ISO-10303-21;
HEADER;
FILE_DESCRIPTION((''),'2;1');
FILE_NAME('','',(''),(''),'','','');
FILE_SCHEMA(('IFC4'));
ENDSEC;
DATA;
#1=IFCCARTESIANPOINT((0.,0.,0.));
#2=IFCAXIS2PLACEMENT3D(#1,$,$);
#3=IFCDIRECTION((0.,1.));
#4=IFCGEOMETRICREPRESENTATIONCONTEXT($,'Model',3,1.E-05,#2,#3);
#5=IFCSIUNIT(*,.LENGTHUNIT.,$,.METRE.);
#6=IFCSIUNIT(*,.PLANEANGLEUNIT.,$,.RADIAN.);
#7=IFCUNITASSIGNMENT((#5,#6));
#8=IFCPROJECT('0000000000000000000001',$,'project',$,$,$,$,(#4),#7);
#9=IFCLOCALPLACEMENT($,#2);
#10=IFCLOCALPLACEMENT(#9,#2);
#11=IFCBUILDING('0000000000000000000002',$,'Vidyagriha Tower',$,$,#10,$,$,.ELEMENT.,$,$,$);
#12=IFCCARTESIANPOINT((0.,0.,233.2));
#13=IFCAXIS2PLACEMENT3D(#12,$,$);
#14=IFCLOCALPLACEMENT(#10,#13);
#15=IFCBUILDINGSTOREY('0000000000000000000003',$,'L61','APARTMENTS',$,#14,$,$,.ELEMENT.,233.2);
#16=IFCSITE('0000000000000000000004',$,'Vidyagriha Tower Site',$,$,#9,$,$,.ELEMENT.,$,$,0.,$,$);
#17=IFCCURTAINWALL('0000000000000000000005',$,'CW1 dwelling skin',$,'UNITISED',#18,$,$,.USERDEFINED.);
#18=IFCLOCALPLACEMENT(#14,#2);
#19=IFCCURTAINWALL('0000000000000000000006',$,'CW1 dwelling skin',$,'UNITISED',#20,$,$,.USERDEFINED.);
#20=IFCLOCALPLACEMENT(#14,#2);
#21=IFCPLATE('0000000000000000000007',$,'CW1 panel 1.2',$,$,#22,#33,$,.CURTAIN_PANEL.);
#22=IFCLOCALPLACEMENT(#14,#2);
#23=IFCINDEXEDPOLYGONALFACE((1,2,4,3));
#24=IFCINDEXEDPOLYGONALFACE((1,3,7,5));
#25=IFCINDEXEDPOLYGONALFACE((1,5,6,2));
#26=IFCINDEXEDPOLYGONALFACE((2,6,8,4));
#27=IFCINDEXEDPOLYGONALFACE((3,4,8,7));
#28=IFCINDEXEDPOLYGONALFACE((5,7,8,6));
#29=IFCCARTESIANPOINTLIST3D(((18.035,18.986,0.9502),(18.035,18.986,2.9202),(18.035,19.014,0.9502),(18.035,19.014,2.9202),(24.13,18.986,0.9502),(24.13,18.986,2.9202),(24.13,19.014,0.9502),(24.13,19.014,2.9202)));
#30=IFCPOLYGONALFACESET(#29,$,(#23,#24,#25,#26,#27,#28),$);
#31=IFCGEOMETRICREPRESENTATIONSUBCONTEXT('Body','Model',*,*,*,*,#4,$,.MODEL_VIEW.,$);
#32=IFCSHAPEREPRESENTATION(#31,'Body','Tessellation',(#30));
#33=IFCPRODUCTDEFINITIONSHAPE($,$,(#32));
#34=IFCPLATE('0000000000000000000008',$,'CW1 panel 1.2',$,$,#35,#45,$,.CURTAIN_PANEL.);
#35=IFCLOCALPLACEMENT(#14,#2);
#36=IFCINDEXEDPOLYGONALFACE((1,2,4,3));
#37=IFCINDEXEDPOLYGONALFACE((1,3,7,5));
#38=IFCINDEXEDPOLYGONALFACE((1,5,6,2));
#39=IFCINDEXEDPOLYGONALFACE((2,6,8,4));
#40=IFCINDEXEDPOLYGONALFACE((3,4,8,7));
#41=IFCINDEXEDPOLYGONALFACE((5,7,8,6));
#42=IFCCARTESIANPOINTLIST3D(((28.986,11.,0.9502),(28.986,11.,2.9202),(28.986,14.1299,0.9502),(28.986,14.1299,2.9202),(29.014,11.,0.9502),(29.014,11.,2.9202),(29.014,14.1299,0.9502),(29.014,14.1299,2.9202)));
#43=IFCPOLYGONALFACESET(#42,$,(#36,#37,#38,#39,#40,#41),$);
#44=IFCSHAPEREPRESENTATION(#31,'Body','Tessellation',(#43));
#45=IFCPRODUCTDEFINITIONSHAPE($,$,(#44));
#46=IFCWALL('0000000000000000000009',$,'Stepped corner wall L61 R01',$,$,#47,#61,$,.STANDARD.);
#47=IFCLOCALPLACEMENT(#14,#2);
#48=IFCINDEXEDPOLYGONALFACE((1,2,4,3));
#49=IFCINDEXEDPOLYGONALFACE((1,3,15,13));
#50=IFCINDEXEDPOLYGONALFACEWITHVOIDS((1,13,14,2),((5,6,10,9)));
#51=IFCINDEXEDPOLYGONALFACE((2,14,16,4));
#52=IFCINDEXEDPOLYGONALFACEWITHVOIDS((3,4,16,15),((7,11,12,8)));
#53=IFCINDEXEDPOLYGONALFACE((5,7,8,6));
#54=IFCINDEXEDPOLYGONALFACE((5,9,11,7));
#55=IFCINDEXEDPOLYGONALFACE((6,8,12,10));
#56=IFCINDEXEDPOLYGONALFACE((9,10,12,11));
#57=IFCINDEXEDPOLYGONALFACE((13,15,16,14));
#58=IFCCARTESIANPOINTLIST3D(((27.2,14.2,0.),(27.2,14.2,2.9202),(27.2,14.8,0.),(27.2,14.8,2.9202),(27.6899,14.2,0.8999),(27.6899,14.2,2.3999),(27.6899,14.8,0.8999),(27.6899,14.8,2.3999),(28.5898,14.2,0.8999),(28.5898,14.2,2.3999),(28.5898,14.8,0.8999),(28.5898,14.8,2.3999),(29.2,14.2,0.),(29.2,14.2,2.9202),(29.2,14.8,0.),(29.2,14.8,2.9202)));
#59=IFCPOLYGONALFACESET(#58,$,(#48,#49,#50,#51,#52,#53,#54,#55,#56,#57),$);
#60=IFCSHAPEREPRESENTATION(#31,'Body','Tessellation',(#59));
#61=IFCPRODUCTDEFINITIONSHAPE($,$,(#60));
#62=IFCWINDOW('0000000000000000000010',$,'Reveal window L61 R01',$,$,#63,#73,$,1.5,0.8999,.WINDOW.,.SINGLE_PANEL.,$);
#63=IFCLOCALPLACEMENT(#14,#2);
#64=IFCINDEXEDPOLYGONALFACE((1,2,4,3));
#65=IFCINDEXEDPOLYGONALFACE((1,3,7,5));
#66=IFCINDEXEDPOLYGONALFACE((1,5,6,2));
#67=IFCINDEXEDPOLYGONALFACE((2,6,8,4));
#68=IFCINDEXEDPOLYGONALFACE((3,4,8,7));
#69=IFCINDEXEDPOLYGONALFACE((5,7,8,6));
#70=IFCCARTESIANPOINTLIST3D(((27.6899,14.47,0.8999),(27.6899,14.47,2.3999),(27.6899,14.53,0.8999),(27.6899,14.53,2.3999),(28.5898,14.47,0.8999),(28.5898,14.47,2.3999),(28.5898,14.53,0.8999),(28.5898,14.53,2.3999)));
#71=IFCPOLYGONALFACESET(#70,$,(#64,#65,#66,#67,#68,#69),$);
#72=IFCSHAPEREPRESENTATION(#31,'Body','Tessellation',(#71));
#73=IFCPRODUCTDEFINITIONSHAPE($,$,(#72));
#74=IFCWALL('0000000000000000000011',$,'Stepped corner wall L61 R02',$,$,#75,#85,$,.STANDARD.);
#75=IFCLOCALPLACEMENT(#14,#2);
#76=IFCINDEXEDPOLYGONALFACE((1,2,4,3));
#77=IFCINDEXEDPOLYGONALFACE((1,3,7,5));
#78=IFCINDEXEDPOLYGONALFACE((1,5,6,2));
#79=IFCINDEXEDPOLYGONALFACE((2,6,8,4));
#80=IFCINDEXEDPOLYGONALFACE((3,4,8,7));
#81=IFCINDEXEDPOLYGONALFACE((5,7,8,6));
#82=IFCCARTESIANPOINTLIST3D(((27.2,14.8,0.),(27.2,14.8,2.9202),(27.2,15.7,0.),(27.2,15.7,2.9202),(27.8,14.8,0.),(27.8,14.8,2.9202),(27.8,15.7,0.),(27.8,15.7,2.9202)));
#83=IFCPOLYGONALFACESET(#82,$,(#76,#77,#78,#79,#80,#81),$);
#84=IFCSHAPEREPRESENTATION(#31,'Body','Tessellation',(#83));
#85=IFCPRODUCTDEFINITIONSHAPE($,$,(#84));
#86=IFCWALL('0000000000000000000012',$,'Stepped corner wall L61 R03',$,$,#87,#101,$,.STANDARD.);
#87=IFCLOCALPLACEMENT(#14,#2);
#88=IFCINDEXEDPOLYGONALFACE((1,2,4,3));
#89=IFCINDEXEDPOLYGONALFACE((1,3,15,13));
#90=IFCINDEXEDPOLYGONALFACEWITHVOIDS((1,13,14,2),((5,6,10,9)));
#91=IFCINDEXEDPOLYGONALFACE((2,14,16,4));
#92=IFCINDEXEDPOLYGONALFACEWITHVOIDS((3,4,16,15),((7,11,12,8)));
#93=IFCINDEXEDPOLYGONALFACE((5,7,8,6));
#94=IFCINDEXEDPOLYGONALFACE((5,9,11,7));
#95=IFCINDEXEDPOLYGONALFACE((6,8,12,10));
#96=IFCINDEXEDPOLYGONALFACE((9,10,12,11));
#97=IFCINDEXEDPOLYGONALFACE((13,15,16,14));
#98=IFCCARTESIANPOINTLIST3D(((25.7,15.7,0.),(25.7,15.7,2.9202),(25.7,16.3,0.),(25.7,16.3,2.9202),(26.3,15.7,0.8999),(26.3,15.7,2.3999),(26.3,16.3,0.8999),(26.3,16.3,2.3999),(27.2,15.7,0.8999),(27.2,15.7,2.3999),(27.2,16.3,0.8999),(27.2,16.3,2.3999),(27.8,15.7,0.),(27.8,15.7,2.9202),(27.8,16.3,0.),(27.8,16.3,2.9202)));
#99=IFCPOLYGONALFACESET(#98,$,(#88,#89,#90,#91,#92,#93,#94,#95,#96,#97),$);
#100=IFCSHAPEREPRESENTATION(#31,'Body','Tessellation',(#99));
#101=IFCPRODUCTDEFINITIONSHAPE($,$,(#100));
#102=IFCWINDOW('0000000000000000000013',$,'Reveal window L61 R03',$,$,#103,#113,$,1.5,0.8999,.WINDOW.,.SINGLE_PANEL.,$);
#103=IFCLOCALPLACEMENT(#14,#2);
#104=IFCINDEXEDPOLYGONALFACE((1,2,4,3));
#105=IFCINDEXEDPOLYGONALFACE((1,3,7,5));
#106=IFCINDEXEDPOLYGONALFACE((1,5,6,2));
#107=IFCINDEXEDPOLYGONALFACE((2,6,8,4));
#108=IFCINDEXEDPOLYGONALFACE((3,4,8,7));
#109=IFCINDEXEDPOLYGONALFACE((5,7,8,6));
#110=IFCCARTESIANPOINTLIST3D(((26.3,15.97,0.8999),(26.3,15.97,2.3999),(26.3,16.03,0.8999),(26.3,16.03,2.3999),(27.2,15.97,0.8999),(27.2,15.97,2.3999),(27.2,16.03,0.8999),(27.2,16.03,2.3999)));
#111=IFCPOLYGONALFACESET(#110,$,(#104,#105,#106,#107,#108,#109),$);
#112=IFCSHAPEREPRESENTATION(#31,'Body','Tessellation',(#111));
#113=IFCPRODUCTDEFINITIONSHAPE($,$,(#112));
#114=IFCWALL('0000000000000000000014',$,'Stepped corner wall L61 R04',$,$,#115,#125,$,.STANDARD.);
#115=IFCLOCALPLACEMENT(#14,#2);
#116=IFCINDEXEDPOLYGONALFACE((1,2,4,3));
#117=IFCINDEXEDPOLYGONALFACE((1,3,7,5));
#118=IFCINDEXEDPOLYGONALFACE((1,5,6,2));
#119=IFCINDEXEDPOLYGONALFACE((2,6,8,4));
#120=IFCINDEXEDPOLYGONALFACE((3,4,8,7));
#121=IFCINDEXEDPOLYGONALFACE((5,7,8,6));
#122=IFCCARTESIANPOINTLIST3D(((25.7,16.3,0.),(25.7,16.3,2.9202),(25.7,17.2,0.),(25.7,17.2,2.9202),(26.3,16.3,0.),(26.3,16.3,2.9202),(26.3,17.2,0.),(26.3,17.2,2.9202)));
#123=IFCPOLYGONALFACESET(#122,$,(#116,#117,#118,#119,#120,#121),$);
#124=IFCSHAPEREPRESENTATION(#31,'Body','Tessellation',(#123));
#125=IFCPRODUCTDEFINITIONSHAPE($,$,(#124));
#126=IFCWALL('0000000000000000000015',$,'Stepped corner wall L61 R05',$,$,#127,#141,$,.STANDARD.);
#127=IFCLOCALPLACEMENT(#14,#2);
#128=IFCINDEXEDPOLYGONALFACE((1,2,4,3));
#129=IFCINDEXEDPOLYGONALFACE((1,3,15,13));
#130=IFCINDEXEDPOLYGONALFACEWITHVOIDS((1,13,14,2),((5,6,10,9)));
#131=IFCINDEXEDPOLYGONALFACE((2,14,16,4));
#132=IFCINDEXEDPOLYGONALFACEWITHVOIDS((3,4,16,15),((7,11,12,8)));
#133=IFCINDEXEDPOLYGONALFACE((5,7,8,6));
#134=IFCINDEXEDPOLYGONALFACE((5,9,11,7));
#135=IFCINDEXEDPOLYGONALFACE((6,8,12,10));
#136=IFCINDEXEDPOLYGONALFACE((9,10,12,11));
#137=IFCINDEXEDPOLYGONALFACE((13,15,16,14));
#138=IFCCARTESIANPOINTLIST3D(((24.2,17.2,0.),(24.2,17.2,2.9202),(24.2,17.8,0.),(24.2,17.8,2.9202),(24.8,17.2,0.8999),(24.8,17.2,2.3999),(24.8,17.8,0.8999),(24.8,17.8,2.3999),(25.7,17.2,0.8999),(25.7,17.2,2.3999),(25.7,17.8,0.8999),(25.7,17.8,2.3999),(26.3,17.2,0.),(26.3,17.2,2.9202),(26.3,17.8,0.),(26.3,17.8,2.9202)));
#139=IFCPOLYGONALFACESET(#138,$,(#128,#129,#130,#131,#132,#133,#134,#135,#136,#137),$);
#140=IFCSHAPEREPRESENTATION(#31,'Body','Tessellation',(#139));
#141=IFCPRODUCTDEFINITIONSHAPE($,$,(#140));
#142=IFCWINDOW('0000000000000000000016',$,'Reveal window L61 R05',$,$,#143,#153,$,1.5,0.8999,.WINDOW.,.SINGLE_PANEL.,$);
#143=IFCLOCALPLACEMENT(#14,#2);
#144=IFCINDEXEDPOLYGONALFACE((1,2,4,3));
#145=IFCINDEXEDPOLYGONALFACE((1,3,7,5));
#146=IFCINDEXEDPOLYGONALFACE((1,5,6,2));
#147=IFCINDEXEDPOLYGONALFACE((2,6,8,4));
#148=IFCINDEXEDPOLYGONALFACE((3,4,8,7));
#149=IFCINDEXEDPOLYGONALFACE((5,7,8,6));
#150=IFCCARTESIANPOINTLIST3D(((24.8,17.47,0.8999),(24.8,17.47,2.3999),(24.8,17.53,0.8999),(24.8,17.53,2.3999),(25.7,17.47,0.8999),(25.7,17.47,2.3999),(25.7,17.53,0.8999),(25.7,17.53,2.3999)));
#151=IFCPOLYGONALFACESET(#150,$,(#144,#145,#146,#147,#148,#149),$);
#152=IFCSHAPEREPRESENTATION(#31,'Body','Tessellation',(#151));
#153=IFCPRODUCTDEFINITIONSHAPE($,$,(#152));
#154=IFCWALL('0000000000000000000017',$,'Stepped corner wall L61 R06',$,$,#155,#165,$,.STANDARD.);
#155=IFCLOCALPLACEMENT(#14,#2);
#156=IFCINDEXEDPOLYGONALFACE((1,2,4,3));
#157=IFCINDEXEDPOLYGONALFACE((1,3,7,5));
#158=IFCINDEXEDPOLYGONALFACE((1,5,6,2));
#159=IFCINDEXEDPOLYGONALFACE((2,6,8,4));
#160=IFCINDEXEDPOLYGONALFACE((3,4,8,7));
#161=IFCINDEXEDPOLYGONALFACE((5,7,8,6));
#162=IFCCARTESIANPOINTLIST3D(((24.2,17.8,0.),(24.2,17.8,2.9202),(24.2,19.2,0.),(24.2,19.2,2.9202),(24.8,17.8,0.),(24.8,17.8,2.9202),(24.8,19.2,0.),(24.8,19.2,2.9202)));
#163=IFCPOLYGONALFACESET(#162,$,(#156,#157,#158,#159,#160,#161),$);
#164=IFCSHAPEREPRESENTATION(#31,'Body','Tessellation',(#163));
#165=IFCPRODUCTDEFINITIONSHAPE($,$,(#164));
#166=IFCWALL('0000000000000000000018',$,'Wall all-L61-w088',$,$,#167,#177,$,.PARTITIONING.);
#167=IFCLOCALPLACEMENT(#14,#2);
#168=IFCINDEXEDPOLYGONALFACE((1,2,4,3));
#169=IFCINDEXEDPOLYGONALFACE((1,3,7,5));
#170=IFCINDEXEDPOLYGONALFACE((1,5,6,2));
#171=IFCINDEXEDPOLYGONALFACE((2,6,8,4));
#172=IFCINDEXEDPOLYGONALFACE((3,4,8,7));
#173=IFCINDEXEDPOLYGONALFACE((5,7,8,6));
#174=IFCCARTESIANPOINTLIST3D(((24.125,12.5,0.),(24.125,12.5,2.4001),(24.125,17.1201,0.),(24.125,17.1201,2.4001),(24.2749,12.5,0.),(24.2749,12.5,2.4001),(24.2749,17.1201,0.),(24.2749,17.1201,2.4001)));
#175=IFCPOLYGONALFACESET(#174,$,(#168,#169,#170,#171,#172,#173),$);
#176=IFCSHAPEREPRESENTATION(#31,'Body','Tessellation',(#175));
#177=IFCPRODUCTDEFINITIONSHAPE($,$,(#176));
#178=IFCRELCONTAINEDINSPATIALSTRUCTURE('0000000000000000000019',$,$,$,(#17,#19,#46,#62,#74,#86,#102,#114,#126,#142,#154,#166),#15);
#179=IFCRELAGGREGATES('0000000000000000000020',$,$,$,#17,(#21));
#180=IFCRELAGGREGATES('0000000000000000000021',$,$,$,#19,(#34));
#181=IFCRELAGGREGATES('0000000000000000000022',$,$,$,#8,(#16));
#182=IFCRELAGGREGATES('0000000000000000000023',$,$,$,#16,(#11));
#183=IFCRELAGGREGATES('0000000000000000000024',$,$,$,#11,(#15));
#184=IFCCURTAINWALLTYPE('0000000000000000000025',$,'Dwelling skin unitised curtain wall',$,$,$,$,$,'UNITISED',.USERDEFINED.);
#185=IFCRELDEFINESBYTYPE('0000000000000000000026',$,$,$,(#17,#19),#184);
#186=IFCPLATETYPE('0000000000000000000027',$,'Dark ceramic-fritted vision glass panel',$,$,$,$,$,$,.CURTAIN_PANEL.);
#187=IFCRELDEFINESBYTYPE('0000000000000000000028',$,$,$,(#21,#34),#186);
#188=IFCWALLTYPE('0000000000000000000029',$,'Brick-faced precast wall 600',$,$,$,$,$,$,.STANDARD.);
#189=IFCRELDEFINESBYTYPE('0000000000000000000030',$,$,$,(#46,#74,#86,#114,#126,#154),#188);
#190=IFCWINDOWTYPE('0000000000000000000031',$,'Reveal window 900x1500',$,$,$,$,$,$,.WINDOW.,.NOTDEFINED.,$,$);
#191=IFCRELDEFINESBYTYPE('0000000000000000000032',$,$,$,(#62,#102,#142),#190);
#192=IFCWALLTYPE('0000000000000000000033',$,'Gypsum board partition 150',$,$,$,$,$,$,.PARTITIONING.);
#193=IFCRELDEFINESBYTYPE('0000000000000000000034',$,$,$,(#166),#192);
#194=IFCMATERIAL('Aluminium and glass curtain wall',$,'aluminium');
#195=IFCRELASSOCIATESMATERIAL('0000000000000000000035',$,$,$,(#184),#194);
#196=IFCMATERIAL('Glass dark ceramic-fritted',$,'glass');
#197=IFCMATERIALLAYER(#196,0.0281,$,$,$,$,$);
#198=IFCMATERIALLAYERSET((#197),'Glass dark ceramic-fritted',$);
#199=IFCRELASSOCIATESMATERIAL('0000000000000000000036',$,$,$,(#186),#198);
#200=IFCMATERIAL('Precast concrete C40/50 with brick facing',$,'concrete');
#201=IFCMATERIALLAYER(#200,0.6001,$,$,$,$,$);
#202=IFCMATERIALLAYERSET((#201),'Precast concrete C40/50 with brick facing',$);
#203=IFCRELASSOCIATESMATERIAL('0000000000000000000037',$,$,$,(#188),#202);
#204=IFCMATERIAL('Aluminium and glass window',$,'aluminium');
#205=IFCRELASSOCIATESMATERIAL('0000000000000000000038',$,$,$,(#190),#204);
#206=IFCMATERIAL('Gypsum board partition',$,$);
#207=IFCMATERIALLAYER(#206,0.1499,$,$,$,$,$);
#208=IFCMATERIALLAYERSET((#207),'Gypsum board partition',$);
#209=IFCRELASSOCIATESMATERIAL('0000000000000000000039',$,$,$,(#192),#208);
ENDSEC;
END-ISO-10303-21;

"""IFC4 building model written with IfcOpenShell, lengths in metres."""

from ifc_helpers import new_model, si_unit, direction, frame, frame_2d, origin, origin_2d, place, context, subcontext, project, spatial, rectangle, extrude, material, layer, layer_set, type_object, element, fill, aggregate, save


model = new_model("IFC4")

# Units and contexts
model_context = context("Model", 3, precision=1e-05, world=origin(), true_north=direction((0.0, 1.0)))
body_context = subcontext(model_context, "Body", "Model", "MODEL_VIEW")
ifc_project = project(units=[si_unit("LENGTHUNIT", "METRE"), si_unit("PLANEANGLEUNIT", "RADIAN")], contexts=[model_context])

# Site, building, storey
site_placement = place(None, origin())
site = spatial("IfcSite", under=ifc_project, at=site_placement, Name="Vidyagriha Tower Site", CompositionType="ELEMENT", RefElevation=0.0)
building_placement = place(site_placement, origin())
building = spatial("IfcBuilding", under=site, at=building_placement, Name="Vidyagriha Tower", CompositionType="ELEMENT")
storey_placement = place(building_placement, frame((0.0, 0.0, 233.2)))
storey = spatial("IfcBuildingStorey", under=building, at=storey_placement, Name="L61", Description="APARTMENTS", CompositionType="ELEMENT", Elevation=233.2)

# Curtain wall
ifc_material_1 = material(Name="Aluminium and glass curtain wall", Category="aluminium")
curtain_wall_type = type_object("IfcCurtainWallType", Name="Dwelling skin unitised curtain wall", ElementType="UNITISED", PredefinedType="USERDEFINED", material=ifc_material_1)
curtain_wall_1_placement = place(storey_placement, origin())
curtain_wall_1 = element("IfcCurtainWall", 1, at=curtain_wall_1_placement, inside=storey, type_object=curtain_wall_type, Name="CW1 dwelling skin", ObjectType="UNITISED", PredefinedType="USERDEFINED")

# Curtain wall
curtain_wall_2_placement = place(storey_placement, origin())
curtain_wall_2 = element("IfcCurtainWall", 2, at=curtain_wall_2_placement, inside=storey, type_object=curtain_wall_type, Name="CW1 dwelling skin", ObjectType="UNITISED", PredefinedType="USERDEFINED")

# Plates
ifc_material_2 = material(Name="Glass dark ceramic-fritted", Category="glass")
ifc_layer_1 = layer(ifc_material_2, 0.0281)
ifc_layer_set_1 = layer_set([ifc_layer_1], Name="Glass dark ceramic-fritted")
plate_type_1 = type_object("IfcPlateType", Name="Dark ceramic-fritted vision glass panel", PredefinedType="CURTAIN_PANEL", material=ifc_layer_set_1)
plate_1_placement = place(storey_placement, frame((21.0825, 19.0, 0.9502), z_axis=(0.0, 0.0, 1.0), x_axis=(-1.0, 0.0, 0.0)))
plate_1 = element("IfcPlate", 3, at=plate_1_placement, type_object=plate_type_1, Name="CW1 panel 1.2", PredefinedType="CURTAIN_PANEL", context=body_context, shape_type="SweptSolid", body=[
    extrude(rectangle(XDim=6.095, YDim=0.0281, at=origin_2d()), origin(), (0.0, 0.0, 1.0), 1.97),
])
aggregate(curtain_wall_1, [plate_1])
plate_2_placement = place(storey_placement, frame((29.0, 12.5649, 0.9502), z_axis=(0.0, 0.0, 1.0), x_axis=(0.0, 1.0, 0.0)))
plate_2 = element("IfcPlate", 4, at=plate_2_placement, type_object=plate_type_1, Name="CW1 panel 1.2", PredefinedType="CURTAIN_PANEL", context=body_context, shape_type="SweptSolid", body=[
    extrude(rectangle(XDim=3.1299, YDim=0.0281, at=origin_2d()), origin(), (0.0, 0.0, 1.0), 1.97),
])
aggregate(curtain_wall_2, [plate_2])

# Wall, opening, window
ifc_material_3 = material(Name="Precast concrete C40/50 with brick facing", Category="concrete")
ifc_layer_2 = layer(ifc_material_3, 0.6001)
ifc_layer_set_2 = layer_set([ifc_layer_2], Name="Precast concrete C40/50 with brick facing")
wall_type_1 = type_object("IfcWallType", Name="Brick-faced precast wall 600", PredefinedType="STANDARD", material=ifc_layer_set_2)
wall_1_placement = place(storey_placement, frame((29.2, 14.5, 0.0), z_axis=(0.0, 0.0, 1.0), x_axis=(-1.0, 0.0, 0.0)))
wall_1 = element("IfcWall", 5, at=wall_1_placement, inside=storey, type_object=wall_type_1, Name="Stepped corner wall L61 R01", PredefinedType="STANDARD", context=body_context, shape_type="SweptSolid", body=[
    extrude(rectangle(XDim=2.0, YDim=0.6001, at=frame_2d((1.0, 0.0))), origin(), (0.0, 0.0, 1.0), 2.9202),
])
opening_1_placement = place(wall_1_placement, frame((0.6101, 0.0, 0.8999)))
opening_1 = element("IfcOpeningElement", 6, at=opening_1_placement, cuts=wall_1, PredefinedType="OPENING", context=body_context, shape_type="SweptSolid", body=[
    extrude(rectangle(XDim=0.8999, YDim=1.5, at=frame_2d((0.45, 0.75))), frame((0.0, 0.3101, 0.0), z_axis=(0.0, -1.0, 0.0), x_axis=(1.0, 0.0, 0.0)), (0.0, 0.0, 1.0), 0.6201),
])
ifc_material_4 = material(Name="Aluminium and glass window", Category="aluminium")
window_type = type_object("IfcWindowType", Name="Reveal window 900x1500", PartitioningType="NOTDEFINED", PredefinedType="WINDOW", material=ifc_material_4)
window_1_placement = place(opening_1_placement, origin())
window_1 = element("IfcWindow", 7, at=window_1_placement, inside=storey, type_object=window_type, Name="Reveal window L61 R01", OverallHeight=1.5, OverallWidth=0.8999, PartitioningType="SINGLE_PANEL", PredefinedType="WINDOW", context=body_context, shape_type="SweptSolid", body=[
    extrude(rectangle(XDim=0.8999, YDim=1.5, at=frame_2d((0.45, 0.75))), frame((0.0, 0.03, 0.0), z_axis=(0.0, -1.0, 0.0), x_axis=(1.0, 0.0, 0.0)), (0.0, 0.0, 1.0), 0.0601),
])
fill(opening_1, window_1)

# Wall
wall_2_placement = place(storey_placement, frame((27.5, 14.8, 0.0), z_axis=(0.0, 0.0, 1.0), x_axis=(0.0, 1.0, 0.0)))
element("IfcWall", 8, at=wall_2_placement, inside=storey, type_object=wall_type_1, Name="Stepped corner wall L61 R02", PredefinedType="STANDARD", context=body_context, shape_type="SweptSolid", body=[
    extrude(rectangle(XDim=0.8999, YDim=0.6001, at=frame_2d((0.45, 0.0))), origin(), (0.0, 0.0, 1.0), 2.9202),
])

# Wall, opening, window
wall_3_placement = place(storey_placement, frame((27.8, 16.0, 0.0), z_axis=(0.0, 0.0, 1.0), x_axis=(-1.0, 0.0, 0.0)))
wall_3 = element("IfcWall", 9, at=wall_3_placement, inside=storey, type_object=wall_type_1, Name="Stepped corner wall L61 R03", PredefinedType="STANDARD", context=body_context, shape_type="SweptSolid", body=[
    extrude(rectangle(XDim=2.1001, YDim=0.6001, at=frame_2d((1.05, 0.0))), origin(), (0.0, 0.0, 1.0), 2.9202),
])
opening_2_placement = place(wall_3_placement, frame((0.6001, 0.0, 0.8999)))
opening_2 = element("IfcOpeningElement", 10, at=opening_2_placement, cuts=wall_3, PredefinedType="OPENING", context=body_context, shape_type="SweptSolid", body=[
    extrude(rectangle(XDim=0.8999, YDim=1.5, at=frame_2d((0.45, 0.75))), frame((0.0, 0.3101, 0.0), z_axis=(0.0, -1.0, 0.0), x_axis=(1.0, 0.0, 0.0)), (0.0, 0.0, 1.0), 0.6201),
])
window_2_placement = place(opening_2_placement, origin())
window_2 = element("IfcWindow", 11, at=window_2_placement, inside=storey, type_object=window_type, Name="Reveal window L61 R03", OverallHeight=1.5, OverallWidth=0.8999, PartitioningType="SINGLE_PANEL", PredefinedType="WINDOW", context=body_context, shape_type="SweptSolid", body=[
    extrude(rectangle(XDim=0.8999, YDim=1.5, at=frame_2d((0.45, 0.75))), frame((0.0, 0.03, 0.0), z_axis=(0.0, -1.0, 0.0), x_axis=(1.0, 0.0, 0.0)), (0.0, 0.0, 1.0), 0.0601),
])
fill(opening_2, window_2)

# Wall
wall_4_placement = place(storey_placement, frame((26.0, 16.3, 0.0), z_axis=(0.0, 0.0, 1.0), x_axis=(0.0, 1.0, 0.0)))
element("IfcWall", 12, at=wall_4_placement, inside=storey, type_object=wall_type_1, Name="Stepped corner wall L61 R04", PredefinedType="STANDARD", context=body_context, shape_type="SweptSolid", body=[
    extrude(rectangle(XDim=0.8999, YDim=0.6001, at=frame_2d((0.45, 0.0))), origin(), (0.0, 0.0, 1.0), 2.9202),
])

# Wall, opening, window
wall_5_placement = place(storey_placement, frame((26.3, 17.5, 0.0), z_axis=(0.0, 0.0, 1.0), x_axis=(-1.0, 0.0, 0.0)))
wall_5 = element("IfcWall", 13, at=wall_5_placement, inside=storey, type_object=wall_type_1, Name="Stepped corner wall L61 R05", PredefinedType="STANDARD", context=body_context, shape_type="SweptSolid", body=[
    extrude(rectangle(XDim=2.1001, YDim=0.6001, at=frame_2d((1.05, 0.0))), origin(), (0.0, 0.0, 1.0), 2.9202),
])
opening_3_placement = place(wall_5_placement, frame((0.6001, 0.0, 0.8999)))
opening_3 = element("IfcOpeningElement", 14, at=opening_3_placement, cuts=wall_5, PredefinedType="OPENING", context=body_context, shape_type="SweptSolid", body=[
    extrude(rectangle(XDim=0.8999, YDim=1.5, at=frame_2d((0.45, 0.75))), frame((0.0, 0.3101, 0.0), z_axis=(0.0, -1.0, 0.0), x_axis=(1.0, 0.0, 0.0)), (0.0, 0.0, 1.0), 0.6201),
])
window_3_placement = place(opening_3_placement, origin())
window_3 = element("IfcWindow", 15, at=window_3_placement, inside=storey, type_object=window_type, Name="Reveal window L61 R05", OverallHeight=1.5, OverallWidth=0.8999, PartitioningType="SINGLE_PANEL", PredefinedType="WINDOW", context=body_context, shape_type="SweptSolid", body=[
    extrude(rectangle(XDim=0.8999, YDim=1.5, at=frame_2d((0.45, 0.75))), frame((0.0, 0.03, 0.0), z_axis=(0.0, -1.0, 0.0), x_axis=(1.0, 0.0, 0.0)), (0.0, 0.0, 1.0), 0.0601),
])
fill(opening_3, window_3)

# Walls
wall_6_placement = place(storey_placement, frame((24.5, 17.8, 0.0), z_axis=(0.0, 0.0, 1.0), x_axis=(0.0, 1.0, 0.0)))
element("IfcWall", 16, at=wall_6_placement, inside=storey, type_object=wall_type_1, Name="Stepped corner wall L61 R06", PredefinedType="STANDARD", context=body_context, shape_type="SweptSolid", body=[
    extrude(rectangle(XDim=1.3999, YDim=0.6001, at=frame_2d((0.7, 0.0))), origin(), (0.0, 0.0, 1.0), 2.9202),
])
ifc_material_5 = material(Name="Gypsum board partition")
ifc_layer_3 = layer(ifc_material_5, 0.1499)
ifc_layer_set_3 = layer_set([ifc_layer_3], Name="Gypsum board partition")
wall_type_2 = type_object("IfcWallType", Name="Gypsum board partition 150", PredefinedType="PARTITIONING", material=ifc_layer_set_3)
wall_7_placement = place(storey_placement, frame((24.2, 17.1201, 0.0), z_axis=(0.0, 0.0, 1.0), x_axis=(0.0, -1.0, 0.0)))
element("IfcWall", 17, at=wall_7_placement, inside=storey, type_object=wall_type_2, Name="Wall all-L61-w088", PredefinedType="PARTITIONING", context=body_context, shape_type="SweptSolid", body=[
    extrude(rectangle(XDim=4.6201, YDim=0.1499, at=frame_2d((2.3101, 0.0))), origin(), (0.0, 0.0, 1.0), 2.4001),
])

save(model, "model.ifc")
